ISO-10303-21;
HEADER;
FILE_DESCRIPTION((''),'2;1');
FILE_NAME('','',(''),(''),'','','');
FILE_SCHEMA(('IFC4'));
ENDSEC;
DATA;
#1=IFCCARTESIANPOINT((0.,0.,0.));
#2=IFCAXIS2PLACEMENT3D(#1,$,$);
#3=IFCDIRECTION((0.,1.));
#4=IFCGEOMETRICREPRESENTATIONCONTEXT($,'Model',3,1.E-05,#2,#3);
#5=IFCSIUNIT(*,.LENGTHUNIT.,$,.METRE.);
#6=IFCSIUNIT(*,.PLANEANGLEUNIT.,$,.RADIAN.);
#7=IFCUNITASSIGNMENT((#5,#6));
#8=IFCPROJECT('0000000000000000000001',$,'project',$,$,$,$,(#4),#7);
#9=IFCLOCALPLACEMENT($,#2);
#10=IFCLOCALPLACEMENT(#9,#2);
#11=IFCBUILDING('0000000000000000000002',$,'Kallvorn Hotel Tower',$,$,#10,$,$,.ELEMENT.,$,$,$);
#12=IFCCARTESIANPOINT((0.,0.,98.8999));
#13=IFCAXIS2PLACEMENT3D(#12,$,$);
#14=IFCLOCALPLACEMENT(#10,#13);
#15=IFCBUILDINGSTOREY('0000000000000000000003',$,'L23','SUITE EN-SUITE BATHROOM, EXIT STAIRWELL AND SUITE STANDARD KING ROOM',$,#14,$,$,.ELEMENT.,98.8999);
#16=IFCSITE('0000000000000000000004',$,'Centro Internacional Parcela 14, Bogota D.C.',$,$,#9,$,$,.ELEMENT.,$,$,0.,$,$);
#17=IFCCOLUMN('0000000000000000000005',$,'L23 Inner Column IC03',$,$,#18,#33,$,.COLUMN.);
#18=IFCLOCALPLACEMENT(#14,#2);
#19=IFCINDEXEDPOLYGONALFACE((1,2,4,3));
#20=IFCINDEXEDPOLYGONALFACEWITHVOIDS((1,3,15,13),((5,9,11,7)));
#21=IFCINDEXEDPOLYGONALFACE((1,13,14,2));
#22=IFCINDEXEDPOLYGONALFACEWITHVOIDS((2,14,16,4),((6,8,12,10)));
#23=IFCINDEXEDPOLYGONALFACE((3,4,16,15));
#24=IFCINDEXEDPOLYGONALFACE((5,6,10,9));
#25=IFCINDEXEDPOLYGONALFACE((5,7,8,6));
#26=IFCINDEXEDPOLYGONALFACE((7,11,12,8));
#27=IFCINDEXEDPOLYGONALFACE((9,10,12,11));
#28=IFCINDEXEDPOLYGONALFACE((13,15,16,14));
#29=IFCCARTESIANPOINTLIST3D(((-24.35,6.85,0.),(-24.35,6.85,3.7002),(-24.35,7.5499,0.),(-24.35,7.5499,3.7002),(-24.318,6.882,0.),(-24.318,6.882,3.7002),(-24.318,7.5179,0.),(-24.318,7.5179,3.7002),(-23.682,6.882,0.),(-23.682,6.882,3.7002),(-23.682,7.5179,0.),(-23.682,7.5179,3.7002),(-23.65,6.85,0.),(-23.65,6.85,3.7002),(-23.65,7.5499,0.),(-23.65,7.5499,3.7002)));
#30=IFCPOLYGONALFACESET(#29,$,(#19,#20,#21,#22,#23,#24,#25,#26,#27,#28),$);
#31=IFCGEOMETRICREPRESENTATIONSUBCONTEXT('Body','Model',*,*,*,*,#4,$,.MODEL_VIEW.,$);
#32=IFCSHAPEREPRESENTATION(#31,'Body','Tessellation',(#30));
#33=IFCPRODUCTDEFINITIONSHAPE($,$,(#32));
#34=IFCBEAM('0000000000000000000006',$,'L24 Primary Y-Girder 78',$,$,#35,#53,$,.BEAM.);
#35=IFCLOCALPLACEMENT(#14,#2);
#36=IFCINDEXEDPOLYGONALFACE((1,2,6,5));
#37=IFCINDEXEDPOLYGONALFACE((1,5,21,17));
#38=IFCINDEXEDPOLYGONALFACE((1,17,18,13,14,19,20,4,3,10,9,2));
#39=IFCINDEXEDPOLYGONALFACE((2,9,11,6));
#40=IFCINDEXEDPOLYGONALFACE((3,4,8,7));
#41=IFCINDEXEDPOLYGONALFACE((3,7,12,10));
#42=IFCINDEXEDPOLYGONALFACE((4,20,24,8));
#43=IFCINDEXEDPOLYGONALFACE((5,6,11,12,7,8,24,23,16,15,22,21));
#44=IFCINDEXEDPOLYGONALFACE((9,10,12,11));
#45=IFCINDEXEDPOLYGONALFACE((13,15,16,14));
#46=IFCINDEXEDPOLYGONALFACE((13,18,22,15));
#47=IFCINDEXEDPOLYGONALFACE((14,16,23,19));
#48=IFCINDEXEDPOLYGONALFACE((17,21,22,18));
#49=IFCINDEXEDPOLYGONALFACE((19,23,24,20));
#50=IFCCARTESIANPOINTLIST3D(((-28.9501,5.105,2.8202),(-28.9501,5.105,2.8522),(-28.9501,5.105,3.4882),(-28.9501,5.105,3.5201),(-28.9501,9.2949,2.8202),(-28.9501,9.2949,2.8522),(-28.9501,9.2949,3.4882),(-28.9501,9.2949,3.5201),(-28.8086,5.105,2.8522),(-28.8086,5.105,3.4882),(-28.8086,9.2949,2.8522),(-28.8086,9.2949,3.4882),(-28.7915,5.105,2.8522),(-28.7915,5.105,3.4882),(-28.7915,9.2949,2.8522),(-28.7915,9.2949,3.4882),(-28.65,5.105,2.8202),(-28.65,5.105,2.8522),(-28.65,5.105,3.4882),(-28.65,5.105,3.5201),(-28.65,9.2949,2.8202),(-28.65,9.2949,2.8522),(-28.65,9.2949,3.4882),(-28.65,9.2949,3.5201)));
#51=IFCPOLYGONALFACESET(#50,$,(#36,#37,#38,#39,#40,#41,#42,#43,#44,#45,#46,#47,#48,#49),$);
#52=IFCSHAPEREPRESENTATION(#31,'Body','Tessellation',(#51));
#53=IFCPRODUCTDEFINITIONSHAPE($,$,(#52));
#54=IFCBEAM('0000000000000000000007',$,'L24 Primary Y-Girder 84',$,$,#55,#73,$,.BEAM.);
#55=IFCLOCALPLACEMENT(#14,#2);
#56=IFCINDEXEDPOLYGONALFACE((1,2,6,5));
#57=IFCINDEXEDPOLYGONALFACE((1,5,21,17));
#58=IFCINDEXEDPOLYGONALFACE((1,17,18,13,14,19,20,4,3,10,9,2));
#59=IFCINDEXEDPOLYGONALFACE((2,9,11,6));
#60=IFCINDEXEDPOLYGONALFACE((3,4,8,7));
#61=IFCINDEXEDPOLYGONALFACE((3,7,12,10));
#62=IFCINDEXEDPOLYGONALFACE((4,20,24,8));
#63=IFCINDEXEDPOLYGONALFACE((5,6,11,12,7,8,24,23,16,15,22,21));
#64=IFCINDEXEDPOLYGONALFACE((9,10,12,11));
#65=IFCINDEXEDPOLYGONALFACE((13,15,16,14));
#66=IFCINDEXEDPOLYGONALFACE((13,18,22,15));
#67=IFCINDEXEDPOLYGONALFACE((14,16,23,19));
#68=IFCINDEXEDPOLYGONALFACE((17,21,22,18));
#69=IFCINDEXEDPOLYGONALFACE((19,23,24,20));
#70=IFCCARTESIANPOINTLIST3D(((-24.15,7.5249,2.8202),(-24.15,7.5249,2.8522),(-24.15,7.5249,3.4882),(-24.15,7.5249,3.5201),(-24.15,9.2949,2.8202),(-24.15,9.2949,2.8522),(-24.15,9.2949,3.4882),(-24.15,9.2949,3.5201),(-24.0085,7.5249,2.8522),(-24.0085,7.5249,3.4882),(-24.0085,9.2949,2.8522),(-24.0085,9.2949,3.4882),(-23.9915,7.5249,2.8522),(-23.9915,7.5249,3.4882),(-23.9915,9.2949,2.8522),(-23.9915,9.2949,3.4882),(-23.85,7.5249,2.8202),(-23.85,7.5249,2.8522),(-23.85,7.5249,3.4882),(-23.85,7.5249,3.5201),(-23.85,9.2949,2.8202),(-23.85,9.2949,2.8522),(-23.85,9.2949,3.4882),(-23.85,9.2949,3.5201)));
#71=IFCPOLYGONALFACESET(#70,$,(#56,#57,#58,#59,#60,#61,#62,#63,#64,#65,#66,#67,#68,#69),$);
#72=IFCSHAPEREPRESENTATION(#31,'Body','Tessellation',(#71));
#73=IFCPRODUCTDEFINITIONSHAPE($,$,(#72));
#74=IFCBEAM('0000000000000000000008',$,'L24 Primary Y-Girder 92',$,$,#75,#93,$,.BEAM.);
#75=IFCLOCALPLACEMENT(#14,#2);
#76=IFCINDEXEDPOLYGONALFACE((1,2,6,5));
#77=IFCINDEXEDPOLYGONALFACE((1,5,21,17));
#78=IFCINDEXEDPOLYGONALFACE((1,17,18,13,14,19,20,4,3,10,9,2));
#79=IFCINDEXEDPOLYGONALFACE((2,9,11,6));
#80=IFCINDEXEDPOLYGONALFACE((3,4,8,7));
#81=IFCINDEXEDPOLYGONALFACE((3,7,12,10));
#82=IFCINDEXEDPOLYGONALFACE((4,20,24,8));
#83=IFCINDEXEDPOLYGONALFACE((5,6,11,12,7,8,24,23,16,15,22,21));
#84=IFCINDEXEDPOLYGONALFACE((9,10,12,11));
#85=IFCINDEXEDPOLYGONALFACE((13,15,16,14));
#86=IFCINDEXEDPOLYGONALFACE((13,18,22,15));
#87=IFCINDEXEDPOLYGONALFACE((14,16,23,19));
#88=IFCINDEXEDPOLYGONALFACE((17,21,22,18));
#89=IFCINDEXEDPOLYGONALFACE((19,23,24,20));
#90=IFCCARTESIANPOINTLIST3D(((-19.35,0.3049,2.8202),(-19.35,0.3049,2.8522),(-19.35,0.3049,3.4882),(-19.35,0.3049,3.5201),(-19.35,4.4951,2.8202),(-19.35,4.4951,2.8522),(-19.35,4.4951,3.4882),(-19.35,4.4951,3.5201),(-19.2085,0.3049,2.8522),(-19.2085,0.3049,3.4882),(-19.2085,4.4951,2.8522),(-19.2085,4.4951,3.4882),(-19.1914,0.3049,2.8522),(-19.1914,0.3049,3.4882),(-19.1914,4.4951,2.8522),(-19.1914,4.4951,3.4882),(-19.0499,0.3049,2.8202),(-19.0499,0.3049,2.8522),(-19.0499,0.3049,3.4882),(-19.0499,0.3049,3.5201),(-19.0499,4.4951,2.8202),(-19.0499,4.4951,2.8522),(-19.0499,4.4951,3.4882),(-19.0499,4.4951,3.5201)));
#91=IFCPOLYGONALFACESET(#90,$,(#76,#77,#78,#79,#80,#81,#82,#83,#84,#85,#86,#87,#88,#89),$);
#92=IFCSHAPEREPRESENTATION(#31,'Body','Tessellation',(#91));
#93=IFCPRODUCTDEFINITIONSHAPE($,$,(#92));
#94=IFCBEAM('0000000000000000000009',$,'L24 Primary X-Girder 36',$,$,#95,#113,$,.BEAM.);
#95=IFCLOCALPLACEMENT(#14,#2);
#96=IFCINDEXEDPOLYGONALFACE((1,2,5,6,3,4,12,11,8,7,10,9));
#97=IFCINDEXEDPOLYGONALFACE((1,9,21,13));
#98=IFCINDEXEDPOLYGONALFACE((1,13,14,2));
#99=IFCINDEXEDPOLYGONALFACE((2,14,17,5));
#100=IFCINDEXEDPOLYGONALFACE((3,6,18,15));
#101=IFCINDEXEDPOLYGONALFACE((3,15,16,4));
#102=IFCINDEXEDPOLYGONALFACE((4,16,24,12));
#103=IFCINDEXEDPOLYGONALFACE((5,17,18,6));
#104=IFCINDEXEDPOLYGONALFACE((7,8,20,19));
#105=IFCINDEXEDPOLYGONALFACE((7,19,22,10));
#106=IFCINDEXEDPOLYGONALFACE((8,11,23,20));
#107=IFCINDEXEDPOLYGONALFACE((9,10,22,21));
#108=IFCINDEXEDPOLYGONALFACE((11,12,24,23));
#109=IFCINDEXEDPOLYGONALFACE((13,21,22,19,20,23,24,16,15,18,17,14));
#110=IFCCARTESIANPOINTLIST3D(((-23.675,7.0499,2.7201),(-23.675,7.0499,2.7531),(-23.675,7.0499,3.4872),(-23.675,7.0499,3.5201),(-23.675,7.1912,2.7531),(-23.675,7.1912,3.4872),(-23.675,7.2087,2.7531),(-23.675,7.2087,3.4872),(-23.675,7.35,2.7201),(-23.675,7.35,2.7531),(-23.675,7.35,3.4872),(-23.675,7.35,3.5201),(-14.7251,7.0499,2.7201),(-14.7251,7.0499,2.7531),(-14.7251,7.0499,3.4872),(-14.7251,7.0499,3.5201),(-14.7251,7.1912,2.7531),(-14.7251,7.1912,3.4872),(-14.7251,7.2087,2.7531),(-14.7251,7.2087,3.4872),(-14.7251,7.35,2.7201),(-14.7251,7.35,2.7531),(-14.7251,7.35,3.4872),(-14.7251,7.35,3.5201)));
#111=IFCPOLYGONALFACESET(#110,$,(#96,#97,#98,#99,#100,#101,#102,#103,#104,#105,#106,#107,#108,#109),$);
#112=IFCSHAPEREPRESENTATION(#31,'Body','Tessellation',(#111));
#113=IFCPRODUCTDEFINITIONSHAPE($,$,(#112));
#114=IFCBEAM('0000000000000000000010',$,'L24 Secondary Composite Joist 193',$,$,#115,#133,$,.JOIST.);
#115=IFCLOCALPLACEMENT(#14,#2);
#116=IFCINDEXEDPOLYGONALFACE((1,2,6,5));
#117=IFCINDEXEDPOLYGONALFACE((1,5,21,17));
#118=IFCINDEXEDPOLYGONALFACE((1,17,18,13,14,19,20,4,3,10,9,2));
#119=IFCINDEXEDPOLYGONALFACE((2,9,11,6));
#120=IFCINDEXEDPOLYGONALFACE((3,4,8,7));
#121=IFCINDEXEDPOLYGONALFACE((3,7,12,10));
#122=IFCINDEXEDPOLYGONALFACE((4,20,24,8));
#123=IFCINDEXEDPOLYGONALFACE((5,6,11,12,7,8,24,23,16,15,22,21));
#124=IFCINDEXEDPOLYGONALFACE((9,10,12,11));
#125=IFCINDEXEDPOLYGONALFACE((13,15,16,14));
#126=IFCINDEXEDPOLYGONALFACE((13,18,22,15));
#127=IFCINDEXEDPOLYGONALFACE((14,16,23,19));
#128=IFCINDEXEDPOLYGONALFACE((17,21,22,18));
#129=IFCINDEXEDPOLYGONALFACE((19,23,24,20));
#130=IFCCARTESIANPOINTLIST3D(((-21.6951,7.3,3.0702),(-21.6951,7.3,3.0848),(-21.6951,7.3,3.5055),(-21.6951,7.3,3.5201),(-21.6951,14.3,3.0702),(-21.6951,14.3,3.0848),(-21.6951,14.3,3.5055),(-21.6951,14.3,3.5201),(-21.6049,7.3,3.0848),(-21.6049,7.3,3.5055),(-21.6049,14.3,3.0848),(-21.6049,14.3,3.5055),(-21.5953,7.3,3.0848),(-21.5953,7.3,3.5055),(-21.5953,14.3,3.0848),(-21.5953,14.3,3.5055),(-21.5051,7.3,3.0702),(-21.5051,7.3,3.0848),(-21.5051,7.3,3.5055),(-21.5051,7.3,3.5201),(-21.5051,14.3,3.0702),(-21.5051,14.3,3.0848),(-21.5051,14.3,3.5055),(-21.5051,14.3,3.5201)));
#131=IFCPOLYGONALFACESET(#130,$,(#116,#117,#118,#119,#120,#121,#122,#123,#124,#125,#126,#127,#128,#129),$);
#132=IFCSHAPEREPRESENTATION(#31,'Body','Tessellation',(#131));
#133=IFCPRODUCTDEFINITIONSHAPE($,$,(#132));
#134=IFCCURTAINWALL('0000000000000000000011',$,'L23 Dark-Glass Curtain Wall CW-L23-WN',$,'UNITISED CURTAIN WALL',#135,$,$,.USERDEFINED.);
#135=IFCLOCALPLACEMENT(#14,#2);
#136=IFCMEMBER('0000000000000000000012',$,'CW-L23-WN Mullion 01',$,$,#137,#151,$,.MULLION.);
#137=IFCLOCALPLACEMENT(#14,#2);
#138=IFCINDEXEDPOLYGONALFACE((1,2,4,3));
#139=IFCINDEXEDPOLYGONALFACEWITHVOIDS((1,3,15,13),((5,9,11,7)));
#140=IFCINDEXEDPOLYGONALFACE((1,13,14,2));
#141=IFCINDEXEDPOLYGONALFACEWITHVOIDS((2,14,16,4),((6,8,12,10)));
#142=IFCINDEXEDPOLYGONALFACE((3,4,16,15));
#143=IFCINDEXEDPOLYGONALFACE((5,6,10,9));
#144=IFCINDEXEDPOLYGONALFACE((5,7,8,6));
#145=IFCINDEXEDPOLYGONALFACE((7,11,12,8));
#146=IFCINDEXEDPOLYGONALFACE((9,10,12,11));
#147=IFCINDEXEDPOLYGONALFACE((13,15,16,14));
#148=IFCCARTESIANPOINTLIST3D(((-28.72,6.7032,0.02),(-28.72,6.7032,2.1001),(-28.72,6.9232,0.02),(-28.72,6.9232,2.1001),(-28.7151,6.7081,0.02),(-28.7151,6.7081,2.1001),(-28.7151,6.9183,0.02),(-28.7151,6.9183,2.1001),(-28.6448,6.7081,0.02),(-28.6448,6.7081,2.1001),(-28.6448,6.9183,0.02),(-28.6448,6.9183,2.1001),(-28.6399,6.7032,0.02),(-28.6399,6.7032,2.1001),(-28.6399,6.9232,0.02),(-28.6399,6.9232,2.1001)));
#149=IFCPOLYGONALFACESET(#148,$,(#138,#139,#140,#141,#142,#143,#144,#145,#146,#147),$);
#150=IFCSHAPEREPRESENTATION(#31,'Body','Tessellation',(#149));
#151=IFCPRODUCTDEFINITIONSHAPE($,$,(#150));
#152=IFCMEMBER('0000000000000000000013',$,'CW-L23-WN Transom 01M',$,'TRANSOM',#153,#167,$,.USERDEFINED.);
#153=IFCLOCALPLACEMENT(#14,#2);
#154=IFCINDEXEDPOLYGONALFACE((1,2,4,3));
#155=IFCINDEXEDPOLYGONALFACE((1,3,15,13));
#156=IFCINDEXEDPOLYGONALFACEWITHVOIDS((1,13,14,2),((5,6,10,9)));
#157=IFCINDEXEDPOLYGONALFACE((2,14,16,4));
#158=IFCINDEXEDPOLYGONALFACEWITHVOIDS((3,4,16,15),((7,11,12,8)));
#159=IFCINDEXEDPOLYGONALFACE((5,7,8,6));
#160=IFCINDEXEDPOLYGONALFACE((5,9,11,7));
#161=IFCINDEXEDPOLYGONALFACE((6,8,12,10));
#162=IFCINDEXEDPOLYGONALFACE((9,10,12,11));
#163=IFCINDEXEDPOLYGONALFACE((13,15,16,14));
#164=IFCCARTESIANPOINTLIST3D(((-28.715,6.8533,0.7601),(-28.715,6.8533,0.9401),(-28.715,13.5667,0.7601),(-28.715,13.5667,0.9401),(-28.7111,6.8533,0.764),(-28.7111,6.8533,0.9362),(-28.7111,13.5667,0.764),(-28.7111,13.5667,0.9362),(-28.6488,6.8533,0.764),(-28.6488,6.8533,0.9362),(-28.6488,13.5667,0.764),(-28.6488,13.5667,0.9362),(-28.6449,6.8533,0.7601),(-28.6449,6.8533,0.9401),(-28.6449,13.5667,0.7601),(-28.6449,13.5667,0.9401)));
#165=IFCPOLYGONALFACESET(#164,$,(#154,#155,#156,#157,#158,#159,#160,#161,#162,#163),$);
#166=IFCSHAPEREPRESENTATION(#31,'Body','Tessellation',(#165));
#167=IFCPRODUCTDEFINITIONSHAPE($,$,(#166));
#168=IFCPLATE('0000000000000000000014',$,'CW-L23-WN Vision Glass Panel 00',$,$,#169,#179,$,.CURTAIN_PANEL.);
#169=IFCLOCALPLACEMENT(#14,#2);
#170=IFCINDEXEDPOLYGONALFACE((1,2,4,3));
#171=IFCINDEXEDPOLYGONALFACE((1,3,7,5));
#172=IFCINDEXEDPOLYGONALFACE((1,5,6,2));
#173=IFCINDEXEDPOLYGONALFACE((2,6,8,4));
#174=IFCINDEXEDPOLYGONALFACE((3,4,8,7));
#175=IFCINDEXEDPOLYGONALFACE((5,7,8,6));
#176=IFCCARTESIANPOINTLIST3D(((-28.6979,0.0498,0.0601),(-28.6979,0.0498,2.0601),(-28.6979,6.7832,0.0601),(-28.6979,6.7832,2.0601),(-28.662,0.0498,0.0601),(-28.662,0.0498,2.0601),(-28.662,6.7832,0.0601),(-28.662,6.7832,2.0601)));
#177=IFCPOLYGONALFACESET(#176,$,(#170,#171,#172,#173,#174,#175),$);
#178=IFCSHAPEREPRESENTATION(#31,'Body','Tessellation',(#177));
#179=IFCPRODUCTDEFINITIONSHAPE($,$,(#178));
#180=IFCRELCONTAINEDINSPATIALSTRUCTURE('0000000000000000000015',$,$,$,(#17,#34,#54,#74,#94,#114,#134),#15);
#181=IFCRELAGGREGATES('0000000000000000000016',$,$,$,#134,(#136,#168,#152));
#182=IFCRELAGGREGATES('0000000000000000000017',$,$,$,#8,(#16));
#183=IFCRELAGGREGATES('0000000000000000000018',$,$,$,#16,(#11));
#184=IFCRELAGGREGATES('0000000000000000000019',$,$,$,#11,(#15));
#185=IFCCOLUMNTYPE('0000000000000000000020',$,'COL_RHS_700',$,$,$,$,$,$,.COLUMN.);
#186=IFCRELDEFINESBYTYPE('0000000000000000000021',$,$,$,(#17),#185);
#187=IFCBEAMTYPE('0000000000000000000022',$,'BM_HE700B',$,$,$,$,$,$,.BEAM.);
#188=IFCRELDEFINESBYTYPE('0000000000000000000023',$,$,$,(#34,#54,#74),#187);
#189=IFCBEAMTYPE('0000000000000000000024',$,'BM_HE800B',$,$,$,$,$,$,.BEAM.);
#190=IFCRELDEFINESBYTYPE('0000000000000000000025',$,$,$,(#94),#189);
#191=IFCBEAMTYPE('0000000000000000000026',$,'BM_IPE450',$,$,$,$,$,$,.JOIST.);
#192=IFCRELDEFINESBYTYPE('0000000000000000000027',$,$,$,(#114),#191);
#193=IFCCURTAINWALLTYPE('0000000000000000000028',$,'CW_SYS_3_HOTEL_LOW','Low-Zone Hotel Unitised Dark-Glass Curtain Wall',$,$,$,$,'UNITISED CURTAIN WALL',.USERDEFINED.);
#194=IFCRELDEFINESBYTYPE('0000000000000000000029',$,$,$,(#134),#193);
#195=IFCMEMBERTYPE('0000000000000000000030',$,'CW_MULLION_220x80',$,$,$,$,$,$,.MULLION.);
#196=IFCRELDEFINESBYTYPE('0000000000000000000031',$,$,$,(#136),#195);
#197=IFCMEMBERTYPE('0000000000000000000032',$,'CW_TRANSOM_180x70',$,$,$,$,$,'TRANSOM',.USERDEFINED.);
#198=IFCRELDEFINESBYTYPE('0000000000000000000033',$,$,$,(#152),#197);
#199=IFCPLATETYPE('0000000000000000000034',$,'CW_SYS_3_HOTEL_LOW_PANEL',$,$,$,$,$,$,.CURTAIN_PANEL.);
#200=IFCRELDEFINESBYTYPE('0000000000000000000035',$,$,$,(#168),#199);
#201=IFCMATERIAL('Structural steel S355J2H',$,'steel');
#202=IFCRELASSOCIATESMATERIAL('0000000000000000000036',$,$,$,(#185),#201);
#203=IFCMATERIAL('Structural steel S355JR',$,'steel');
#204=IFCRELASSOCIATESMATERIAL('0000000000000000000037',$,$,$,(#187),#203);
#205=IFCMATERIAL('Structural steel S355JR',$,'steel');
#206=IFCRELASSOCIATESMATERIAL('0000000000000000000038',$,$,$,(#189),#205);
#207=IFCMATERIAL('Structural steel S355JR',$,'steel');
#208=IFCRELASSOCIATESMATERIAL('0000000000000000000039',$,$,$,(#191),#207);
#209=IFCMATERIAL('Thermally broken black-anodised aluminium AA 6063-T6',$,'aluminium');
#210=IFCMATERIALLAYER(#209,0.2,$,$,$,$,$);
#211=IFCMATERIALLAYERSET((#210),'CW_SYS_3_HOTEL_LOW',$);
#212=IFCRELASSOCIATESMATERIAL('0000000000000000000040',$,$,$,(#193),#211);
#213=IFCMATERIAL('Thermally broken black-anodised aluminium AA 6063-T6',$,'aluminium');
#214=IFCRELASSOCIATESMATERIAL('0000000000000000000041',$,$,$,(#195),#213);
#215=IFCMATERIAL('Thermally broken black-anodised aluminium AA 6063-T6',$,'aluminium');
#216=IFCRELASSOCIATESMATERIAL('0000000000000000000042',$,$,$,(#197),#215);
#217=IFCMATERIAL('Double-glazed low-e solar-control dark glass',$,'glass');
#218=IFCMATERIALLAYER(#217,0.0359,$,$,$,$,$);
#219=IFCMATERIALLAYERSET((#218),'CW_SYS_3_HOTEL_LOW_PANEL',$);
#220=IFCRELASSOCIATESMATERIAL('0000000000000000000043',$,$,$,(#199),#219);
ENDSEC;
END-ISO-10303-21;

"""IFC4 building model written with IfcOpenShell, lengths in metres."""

from ifc_helpers import new_model, si_unit, direction, frame, origin, origin_2d, place, context, subcontext, project, spatial, rectangle, hollow_rectangle, i_section, extrude, material, layer, layer_set, material_profile, profile_set, type_object, element, aggregate, save


model = new_model("IFC4")

# Units and contexts
model_context = context("Model", 3, precision=1e-05, world=origin(), true_north=direction((0.0, 1.0)))
body_context = subcontext(model_context, "Body", "Model", "MODEL_VIEW")
ifc_project = project(units=[si_unit("LENGTHUNIT", "METRE"), si_unit("PLANEANGLEUNIT", "RADIAN")], contexts=[model_context])

# Site, building, storey
site_placement = place(None, origin())
site = spatial("IfcSite", under=ifc_project, at=site_placement, Name="Centro Internacional Parcela 14, Bogota D.C.", CompositionType="ELEMENT", RefElevation=0.0)
building_placement = place(site_placement, origin())
building = spatial("IfcBuilding", under=site, at=building_placement, Name="Kallvorn Hotel Tower", CompositionType="ELEMENT")
storey_placement = place(building_placement, frame((0.0, 0.0, 98.8999)))
storey = spatial("IfcBuildingStorey", under=building, at=storey_placement, Name="L23", Description="SUITE EN-SUITE BATHROOM, EXIT STAIRWELL AND SUITE STANDARD KING ROOM", CompositionType="ELEMENT", Elevation=98.8999)

# Column
ifc_material_1 = material(Name="Structural steel S355J2H", Category="steel")
ifc_material_profile_1 = material_profile(ifc_material_1, hollow_rectangle(XDim=0.7, YDim=0.7, WallThickness=0.032, at=origin_2d()), Name="RHS 700x700x32")
ifc_profile_set_1 = profile_set([ifc_material_profile_1], Name="Structural steel S355J2H")
column_type_1 = type_object("IfcColumnType", Name="COL_RHS_700", PredefinedType="COLUMN", material=ifc_profile_set_1)
column_placement = place(storey_placement, frame((-24.0, 7.2, 0.0), z_axis=(0.0, 0.0, 1.0), x_axis=(1.0, 0.0, 0.0)))
element("IfcColumn", 1, at=column_placement, inside=storey, type_object=column_type_1, Name="L23 Inner Column IC03", PredefinedType="COLUMN", context=body_context, shape_type="SweptSolid", body=[
    extrude(hollow_rectangle(XDim=0.7, YDim=0.7, WallThickness=0.032, at=origin_2d()), origin(), (0.0, 0.0, 1.0), 3.7002),
])

# Beams
ifc_material_2 = material(Name="Structural steel S355JR", Category="steel")
ifc_material_profile_2 = material_profile(ifc_material_2, i_section(OverallWidth=0.3, OverallDepth=0.7, WebThickness=0.0171, FlangeThickness=0.032, at=origin_2d()), Name="HE 700 B")
ifc_profile_set_2 = profile_set([ifc_material_profile_2], Name="Structural steel S355JR")
beam_type_1 = type_object("IfcBeamType", Name="BM_HE700B", PredefinedType="BEAM", material=ifc_profile_set_2)
beam_1_placement = place(storey_placement, frame((-28.8, 5.105, 3.1702), z_axis=(0.0, 1.0, 0.0), x_axis=(-1.0, 0.0, 0.0)))
element("IfcBeam", 2, at=beam_1_placement, inside=storey, type_object=beam_type_1, Name="L24 Primary Y-Girder 78", PredefinedType="BEAM", context=body_context, shape_type="SweptSolid", body=[
    extrude(i_section(OverallWidth=0.3, OverallDepth=0.7, WebThickness=0.0171, FlangeThickness=0.032, at=origin_2d()), origin(), (0.0, 0.0, 1.0), 4.1899),
])
beam_2_placement = place(storey_placement, frame((-24.0, 7.5249, 3.1702), z_axis=(0.0, 1.0, 0.0), x_axis=(-1.0, 0.0, 0.0)))
element("IfcBeam", 3, at=beam_2_placement, inside=storey, type_object=beam_type_1, Name="L24 Primary Y-Girder 84", PredefinedType="BEAM", context=body_context, shape_type="SweptSolid", body=[
    extrude(i_section(OverallWidth=0.3, OverallDepth=0.7, WebThickness=0.0171, FlangeThickness=0.032, at=origin_2d()), origin(), (0.0, 0.0, 1.0), 1.77),
])
beam_3_placement = place(storey_placement, frame((-19.2, 0.3049, 3.1702), z_axis=(0.0, 1.0, 0.0), x_axis=(-1.0, 0.0, 0.0)))
element("IfcBeam", 4, at=beam_3_placement, inside=storey, type_object=beam_type_1, Name="L24 Primary Y-Girder 92", PredefinedType="BEAM", context=body_context, shape_type="SweptSolid", body=[
    extrude(i_section(OverallWidth=0.3, OverallDepth=0.7, WebThickness=0.0171, FlangeThickness=0.032, at=origin_2d()), origin(), (0.0, 0.0, 1.0), 4.1902),
])
ifc_material_3 = material(Name="Structural steel S355JR", Category="steel")
ifc_material_profile_3 = material_profile(ifc_material_3, i_section(OverallWidth=0.3, OverallDepth=0.8, WebThickness=0.0176, FlangeThickness=0.033, at=origin_2d()), Name="HE 800 B")
ifc_profile_set_3 = profile_set([ifc_material_profile_3], Name="Structural steel S355JR")
beam_type_2 = type_object("IfcBeamType", Name="BM_HE800B", PredefinedType="BEAM", material=ifc_profile_set_3)
beam_4_placement = place(storey_placement, frame((-23.675, 7.2, 3.1201), z_axis=(1.0, 0.0, 0.0), x_axis=(0.0, 1.0, 0.0)))
element("IfcBeam", 5, at=beam_4_placement, inside=storey, type_object=beam_type_2, Name="L24 Primary X-Girder 36", PredefinedType="BEAM", context=body_context, shape_type="SweptSolid", body=[
    extrude(i_section(OverallWidth=0.3, OverallDepth=0.8, WebThickness=0.0176, FlangeThickness=0.033, at=origin_2d()), origin(), (0.0, 0.0, 1.0), 8.95),
])
ifc_material_4 = material(Name="Structural steel S355JR", Category="steel")
ifc_material_profile_4 = material_profile(ifc_material_4, i_section(OverallWidth=0.1899, OverallDepth=0.45, WebThickness=0.0095, FlangeThickness=0.0146, at=origin_2d()), Name="IPE 450")
ifc_profile_set_4 = profile_set([ifc_material_profile_4], Name="Structural steel S355JR")
beam_type_3 = type_object("IfcBeamType", Name="BM_IPE450", PredefinedType="JOIST", material=ifc_profile_set_4)
beam_5_placement = place(storey_placement, frame((-21.6001, 7.3, 3.2952), z_axis=(0.0, 1.0, 0.0), x_axis=(-1.0, 0.0, 0.0)))
element("IfcBeam", 6, at=beam_5_placement, inside=storey, type_object=beam_type_3, Name="L24 Secondary Composite Joist 193", PredefinedType="JOIST", context=body_context, shape_type="SweptSolid", body=[
    extrude(i_section(OverallWidth=0.1899, OverallDepth=0.45, WebThickness=0.0095, FlangeThickness=0.0146, at=origin_2d()), origin(), (0.0, 0.0, 1.0), 7.0),
])

# Curtain wall, members, plate
ifc_material_5 = material(Name="Thermally broken black-anodised aluminium AA 6063-T6", Category="aluminium")
ifc_layer_1 = layer(ifc_material_5, 0.2)
ifc_layer_set_1 = layer_set([ifc_layer_1], Name="CW_SYS_3_HOTEL_LOW")
curtain_wall_type = type_object("IfcCurtainWallType", Name="CW_SYS_3_HOTEL_LOW", Description="Low-Zone Hotel Unitised Dark-Glass Curtain Wall", ElementType="UNITISED CURTAIN WALL", PredefinedType="USERDEFINED", material=ifc_layer_set_1)
curtain_wall_placement = place(storey_placement, origin())
curtain_wall = element("IfcCurtainWall", 7, at=curtain_wall_placement, inside=storey, type_object=curtain_wall_type, Name="L23 Dark-Glass Curtain Wall CW-L23-WN", ObjectType="UNITISED CURTAIN WALL", PredefinedType="USERDEFINED")
ifc_material_6 = material(Name="Thermally broken black-anodised aluminium AA 6063-T6", Category="aluminium")
ifc_material_profile_5 = material_profile(ifc_material_6, hollow_rectangle(XDim=0.0801, YDim=0.22, WallThickness=0.0049, at=origin_2d()), Name="MUL 220x80")
ifc_profile_set_5 = profile_set([ifc_material_profile_5], Name="Thermally broken black-anodised aluminium AA 6063-T6")
member_type_1 = type_object("IfcMemberType", Name="CW_MULLION_220x80", PredefinedType="MULLION", material=ifc_profile_set_5)
member_1_placement = place(storey_placement, frame((-28.6799, 6.8132, 0.02), z_axis=(0.0, 0.0, 1.0), x_axis=(1.0, 0.0, 0.0)))
member_1 = element("IfcMember", 8, at=member_1_placement, type_object=member_type_1, Name="CW-L23-WN Mullion 01", PredefinedType="MULLION", context=body_context, shape_type="SweptSolid", body=[
    extrude(hollow_rectangle(XDim=0.0801, YDim=0.22, WallThickness=0.0049, at=origin_2d()), origin(), (0.0, 0.0, 1.0), 2.0801),
])
ifc_material_7 = material(Name="Thermally broken black-anodised aluminium AA 6063-T6", Category="aluminium")
ifc_material_profile_6 = material_profile(ifc_material_7, hollow_rectangle(XDim=0.0701, YDim=0.1799, WallThickness=0.0039, at=origin_2d()), Name="TRN 180x70")
ifc_profile_set_6 = profile_set([ifc_material_profile_6], Name="Thermally broken black-anodised aluminium AA 6063-T6")
member_type_2 = type_object("IfcMemberType", Name="CW_TRANSOM_180x70", ElementType="TRANSOM", PredefinedType="USERDEFINED", material=ifc_profile_set_6)
member_2_placement = place(storey_placement, frame((-28.6799, 6.8533, 0.8501), z_axis=(0.0, 1.0, 0.0), x_axis=(-1.0, 0.0, 0.0)))
member_2 = element("IfcMember", 9, at=member_2_placement, type_object=member_type_2, Name="CW-L23-WN Transom 01M", ObjectType="TRANSOM", PredefinedType="USERDEFINED", context=body_context, shape_type="SweptSolid", body=[
    extrude(hollow_rectangle(XDim=0.0701, YDim=0.1799, WallThickness=0.0039, at=origin_2d()), origin(), (0.0, 0.0, 1.0), 6.7134),
])
ifc_material_8 = material(Name="Double-glazed low-e solar-control dark glass", Category="glass")
ifc_layer_2 = layer(ifc_material_8, 0.0359)
ifc_layer_set_2 = layer_set([ifc_layer_2], Name="CW_SYS_3_HOTEL_LOW_PANEL")
plate_type = type_object("IfcPlateType", Name="CW_SYS_3_HOTEL_LOW_PANEL", PredefinedType="CURTAIN_PANEL", material=ifc_layer_set_2)
plate_placement = place(storey_placement, frame((-28.6799, 3.4165, 0.0601), z_axis=(0.0, 0.0, 1.0), x_axis=(0.0, 1.0, 0.0)))
plate = element("IfcPlate", 10, at=plate_placement, type_object=plate_type, Name="CW-L23-WN Vision Glass Panel 00", PredefinedType="CURTAIN_PANEL", context=body_context, shape_type="SweptSolid", body=[
    extrude(rectangle(XDim=6.7334, YDim=0.0359, at=origin_2d()), origin(), (0.0, 0.0, 1.0), 2.0),
])
aggregate(curtain_wall, [member_1, plate, member_2])

save(model, "model.ifc")
